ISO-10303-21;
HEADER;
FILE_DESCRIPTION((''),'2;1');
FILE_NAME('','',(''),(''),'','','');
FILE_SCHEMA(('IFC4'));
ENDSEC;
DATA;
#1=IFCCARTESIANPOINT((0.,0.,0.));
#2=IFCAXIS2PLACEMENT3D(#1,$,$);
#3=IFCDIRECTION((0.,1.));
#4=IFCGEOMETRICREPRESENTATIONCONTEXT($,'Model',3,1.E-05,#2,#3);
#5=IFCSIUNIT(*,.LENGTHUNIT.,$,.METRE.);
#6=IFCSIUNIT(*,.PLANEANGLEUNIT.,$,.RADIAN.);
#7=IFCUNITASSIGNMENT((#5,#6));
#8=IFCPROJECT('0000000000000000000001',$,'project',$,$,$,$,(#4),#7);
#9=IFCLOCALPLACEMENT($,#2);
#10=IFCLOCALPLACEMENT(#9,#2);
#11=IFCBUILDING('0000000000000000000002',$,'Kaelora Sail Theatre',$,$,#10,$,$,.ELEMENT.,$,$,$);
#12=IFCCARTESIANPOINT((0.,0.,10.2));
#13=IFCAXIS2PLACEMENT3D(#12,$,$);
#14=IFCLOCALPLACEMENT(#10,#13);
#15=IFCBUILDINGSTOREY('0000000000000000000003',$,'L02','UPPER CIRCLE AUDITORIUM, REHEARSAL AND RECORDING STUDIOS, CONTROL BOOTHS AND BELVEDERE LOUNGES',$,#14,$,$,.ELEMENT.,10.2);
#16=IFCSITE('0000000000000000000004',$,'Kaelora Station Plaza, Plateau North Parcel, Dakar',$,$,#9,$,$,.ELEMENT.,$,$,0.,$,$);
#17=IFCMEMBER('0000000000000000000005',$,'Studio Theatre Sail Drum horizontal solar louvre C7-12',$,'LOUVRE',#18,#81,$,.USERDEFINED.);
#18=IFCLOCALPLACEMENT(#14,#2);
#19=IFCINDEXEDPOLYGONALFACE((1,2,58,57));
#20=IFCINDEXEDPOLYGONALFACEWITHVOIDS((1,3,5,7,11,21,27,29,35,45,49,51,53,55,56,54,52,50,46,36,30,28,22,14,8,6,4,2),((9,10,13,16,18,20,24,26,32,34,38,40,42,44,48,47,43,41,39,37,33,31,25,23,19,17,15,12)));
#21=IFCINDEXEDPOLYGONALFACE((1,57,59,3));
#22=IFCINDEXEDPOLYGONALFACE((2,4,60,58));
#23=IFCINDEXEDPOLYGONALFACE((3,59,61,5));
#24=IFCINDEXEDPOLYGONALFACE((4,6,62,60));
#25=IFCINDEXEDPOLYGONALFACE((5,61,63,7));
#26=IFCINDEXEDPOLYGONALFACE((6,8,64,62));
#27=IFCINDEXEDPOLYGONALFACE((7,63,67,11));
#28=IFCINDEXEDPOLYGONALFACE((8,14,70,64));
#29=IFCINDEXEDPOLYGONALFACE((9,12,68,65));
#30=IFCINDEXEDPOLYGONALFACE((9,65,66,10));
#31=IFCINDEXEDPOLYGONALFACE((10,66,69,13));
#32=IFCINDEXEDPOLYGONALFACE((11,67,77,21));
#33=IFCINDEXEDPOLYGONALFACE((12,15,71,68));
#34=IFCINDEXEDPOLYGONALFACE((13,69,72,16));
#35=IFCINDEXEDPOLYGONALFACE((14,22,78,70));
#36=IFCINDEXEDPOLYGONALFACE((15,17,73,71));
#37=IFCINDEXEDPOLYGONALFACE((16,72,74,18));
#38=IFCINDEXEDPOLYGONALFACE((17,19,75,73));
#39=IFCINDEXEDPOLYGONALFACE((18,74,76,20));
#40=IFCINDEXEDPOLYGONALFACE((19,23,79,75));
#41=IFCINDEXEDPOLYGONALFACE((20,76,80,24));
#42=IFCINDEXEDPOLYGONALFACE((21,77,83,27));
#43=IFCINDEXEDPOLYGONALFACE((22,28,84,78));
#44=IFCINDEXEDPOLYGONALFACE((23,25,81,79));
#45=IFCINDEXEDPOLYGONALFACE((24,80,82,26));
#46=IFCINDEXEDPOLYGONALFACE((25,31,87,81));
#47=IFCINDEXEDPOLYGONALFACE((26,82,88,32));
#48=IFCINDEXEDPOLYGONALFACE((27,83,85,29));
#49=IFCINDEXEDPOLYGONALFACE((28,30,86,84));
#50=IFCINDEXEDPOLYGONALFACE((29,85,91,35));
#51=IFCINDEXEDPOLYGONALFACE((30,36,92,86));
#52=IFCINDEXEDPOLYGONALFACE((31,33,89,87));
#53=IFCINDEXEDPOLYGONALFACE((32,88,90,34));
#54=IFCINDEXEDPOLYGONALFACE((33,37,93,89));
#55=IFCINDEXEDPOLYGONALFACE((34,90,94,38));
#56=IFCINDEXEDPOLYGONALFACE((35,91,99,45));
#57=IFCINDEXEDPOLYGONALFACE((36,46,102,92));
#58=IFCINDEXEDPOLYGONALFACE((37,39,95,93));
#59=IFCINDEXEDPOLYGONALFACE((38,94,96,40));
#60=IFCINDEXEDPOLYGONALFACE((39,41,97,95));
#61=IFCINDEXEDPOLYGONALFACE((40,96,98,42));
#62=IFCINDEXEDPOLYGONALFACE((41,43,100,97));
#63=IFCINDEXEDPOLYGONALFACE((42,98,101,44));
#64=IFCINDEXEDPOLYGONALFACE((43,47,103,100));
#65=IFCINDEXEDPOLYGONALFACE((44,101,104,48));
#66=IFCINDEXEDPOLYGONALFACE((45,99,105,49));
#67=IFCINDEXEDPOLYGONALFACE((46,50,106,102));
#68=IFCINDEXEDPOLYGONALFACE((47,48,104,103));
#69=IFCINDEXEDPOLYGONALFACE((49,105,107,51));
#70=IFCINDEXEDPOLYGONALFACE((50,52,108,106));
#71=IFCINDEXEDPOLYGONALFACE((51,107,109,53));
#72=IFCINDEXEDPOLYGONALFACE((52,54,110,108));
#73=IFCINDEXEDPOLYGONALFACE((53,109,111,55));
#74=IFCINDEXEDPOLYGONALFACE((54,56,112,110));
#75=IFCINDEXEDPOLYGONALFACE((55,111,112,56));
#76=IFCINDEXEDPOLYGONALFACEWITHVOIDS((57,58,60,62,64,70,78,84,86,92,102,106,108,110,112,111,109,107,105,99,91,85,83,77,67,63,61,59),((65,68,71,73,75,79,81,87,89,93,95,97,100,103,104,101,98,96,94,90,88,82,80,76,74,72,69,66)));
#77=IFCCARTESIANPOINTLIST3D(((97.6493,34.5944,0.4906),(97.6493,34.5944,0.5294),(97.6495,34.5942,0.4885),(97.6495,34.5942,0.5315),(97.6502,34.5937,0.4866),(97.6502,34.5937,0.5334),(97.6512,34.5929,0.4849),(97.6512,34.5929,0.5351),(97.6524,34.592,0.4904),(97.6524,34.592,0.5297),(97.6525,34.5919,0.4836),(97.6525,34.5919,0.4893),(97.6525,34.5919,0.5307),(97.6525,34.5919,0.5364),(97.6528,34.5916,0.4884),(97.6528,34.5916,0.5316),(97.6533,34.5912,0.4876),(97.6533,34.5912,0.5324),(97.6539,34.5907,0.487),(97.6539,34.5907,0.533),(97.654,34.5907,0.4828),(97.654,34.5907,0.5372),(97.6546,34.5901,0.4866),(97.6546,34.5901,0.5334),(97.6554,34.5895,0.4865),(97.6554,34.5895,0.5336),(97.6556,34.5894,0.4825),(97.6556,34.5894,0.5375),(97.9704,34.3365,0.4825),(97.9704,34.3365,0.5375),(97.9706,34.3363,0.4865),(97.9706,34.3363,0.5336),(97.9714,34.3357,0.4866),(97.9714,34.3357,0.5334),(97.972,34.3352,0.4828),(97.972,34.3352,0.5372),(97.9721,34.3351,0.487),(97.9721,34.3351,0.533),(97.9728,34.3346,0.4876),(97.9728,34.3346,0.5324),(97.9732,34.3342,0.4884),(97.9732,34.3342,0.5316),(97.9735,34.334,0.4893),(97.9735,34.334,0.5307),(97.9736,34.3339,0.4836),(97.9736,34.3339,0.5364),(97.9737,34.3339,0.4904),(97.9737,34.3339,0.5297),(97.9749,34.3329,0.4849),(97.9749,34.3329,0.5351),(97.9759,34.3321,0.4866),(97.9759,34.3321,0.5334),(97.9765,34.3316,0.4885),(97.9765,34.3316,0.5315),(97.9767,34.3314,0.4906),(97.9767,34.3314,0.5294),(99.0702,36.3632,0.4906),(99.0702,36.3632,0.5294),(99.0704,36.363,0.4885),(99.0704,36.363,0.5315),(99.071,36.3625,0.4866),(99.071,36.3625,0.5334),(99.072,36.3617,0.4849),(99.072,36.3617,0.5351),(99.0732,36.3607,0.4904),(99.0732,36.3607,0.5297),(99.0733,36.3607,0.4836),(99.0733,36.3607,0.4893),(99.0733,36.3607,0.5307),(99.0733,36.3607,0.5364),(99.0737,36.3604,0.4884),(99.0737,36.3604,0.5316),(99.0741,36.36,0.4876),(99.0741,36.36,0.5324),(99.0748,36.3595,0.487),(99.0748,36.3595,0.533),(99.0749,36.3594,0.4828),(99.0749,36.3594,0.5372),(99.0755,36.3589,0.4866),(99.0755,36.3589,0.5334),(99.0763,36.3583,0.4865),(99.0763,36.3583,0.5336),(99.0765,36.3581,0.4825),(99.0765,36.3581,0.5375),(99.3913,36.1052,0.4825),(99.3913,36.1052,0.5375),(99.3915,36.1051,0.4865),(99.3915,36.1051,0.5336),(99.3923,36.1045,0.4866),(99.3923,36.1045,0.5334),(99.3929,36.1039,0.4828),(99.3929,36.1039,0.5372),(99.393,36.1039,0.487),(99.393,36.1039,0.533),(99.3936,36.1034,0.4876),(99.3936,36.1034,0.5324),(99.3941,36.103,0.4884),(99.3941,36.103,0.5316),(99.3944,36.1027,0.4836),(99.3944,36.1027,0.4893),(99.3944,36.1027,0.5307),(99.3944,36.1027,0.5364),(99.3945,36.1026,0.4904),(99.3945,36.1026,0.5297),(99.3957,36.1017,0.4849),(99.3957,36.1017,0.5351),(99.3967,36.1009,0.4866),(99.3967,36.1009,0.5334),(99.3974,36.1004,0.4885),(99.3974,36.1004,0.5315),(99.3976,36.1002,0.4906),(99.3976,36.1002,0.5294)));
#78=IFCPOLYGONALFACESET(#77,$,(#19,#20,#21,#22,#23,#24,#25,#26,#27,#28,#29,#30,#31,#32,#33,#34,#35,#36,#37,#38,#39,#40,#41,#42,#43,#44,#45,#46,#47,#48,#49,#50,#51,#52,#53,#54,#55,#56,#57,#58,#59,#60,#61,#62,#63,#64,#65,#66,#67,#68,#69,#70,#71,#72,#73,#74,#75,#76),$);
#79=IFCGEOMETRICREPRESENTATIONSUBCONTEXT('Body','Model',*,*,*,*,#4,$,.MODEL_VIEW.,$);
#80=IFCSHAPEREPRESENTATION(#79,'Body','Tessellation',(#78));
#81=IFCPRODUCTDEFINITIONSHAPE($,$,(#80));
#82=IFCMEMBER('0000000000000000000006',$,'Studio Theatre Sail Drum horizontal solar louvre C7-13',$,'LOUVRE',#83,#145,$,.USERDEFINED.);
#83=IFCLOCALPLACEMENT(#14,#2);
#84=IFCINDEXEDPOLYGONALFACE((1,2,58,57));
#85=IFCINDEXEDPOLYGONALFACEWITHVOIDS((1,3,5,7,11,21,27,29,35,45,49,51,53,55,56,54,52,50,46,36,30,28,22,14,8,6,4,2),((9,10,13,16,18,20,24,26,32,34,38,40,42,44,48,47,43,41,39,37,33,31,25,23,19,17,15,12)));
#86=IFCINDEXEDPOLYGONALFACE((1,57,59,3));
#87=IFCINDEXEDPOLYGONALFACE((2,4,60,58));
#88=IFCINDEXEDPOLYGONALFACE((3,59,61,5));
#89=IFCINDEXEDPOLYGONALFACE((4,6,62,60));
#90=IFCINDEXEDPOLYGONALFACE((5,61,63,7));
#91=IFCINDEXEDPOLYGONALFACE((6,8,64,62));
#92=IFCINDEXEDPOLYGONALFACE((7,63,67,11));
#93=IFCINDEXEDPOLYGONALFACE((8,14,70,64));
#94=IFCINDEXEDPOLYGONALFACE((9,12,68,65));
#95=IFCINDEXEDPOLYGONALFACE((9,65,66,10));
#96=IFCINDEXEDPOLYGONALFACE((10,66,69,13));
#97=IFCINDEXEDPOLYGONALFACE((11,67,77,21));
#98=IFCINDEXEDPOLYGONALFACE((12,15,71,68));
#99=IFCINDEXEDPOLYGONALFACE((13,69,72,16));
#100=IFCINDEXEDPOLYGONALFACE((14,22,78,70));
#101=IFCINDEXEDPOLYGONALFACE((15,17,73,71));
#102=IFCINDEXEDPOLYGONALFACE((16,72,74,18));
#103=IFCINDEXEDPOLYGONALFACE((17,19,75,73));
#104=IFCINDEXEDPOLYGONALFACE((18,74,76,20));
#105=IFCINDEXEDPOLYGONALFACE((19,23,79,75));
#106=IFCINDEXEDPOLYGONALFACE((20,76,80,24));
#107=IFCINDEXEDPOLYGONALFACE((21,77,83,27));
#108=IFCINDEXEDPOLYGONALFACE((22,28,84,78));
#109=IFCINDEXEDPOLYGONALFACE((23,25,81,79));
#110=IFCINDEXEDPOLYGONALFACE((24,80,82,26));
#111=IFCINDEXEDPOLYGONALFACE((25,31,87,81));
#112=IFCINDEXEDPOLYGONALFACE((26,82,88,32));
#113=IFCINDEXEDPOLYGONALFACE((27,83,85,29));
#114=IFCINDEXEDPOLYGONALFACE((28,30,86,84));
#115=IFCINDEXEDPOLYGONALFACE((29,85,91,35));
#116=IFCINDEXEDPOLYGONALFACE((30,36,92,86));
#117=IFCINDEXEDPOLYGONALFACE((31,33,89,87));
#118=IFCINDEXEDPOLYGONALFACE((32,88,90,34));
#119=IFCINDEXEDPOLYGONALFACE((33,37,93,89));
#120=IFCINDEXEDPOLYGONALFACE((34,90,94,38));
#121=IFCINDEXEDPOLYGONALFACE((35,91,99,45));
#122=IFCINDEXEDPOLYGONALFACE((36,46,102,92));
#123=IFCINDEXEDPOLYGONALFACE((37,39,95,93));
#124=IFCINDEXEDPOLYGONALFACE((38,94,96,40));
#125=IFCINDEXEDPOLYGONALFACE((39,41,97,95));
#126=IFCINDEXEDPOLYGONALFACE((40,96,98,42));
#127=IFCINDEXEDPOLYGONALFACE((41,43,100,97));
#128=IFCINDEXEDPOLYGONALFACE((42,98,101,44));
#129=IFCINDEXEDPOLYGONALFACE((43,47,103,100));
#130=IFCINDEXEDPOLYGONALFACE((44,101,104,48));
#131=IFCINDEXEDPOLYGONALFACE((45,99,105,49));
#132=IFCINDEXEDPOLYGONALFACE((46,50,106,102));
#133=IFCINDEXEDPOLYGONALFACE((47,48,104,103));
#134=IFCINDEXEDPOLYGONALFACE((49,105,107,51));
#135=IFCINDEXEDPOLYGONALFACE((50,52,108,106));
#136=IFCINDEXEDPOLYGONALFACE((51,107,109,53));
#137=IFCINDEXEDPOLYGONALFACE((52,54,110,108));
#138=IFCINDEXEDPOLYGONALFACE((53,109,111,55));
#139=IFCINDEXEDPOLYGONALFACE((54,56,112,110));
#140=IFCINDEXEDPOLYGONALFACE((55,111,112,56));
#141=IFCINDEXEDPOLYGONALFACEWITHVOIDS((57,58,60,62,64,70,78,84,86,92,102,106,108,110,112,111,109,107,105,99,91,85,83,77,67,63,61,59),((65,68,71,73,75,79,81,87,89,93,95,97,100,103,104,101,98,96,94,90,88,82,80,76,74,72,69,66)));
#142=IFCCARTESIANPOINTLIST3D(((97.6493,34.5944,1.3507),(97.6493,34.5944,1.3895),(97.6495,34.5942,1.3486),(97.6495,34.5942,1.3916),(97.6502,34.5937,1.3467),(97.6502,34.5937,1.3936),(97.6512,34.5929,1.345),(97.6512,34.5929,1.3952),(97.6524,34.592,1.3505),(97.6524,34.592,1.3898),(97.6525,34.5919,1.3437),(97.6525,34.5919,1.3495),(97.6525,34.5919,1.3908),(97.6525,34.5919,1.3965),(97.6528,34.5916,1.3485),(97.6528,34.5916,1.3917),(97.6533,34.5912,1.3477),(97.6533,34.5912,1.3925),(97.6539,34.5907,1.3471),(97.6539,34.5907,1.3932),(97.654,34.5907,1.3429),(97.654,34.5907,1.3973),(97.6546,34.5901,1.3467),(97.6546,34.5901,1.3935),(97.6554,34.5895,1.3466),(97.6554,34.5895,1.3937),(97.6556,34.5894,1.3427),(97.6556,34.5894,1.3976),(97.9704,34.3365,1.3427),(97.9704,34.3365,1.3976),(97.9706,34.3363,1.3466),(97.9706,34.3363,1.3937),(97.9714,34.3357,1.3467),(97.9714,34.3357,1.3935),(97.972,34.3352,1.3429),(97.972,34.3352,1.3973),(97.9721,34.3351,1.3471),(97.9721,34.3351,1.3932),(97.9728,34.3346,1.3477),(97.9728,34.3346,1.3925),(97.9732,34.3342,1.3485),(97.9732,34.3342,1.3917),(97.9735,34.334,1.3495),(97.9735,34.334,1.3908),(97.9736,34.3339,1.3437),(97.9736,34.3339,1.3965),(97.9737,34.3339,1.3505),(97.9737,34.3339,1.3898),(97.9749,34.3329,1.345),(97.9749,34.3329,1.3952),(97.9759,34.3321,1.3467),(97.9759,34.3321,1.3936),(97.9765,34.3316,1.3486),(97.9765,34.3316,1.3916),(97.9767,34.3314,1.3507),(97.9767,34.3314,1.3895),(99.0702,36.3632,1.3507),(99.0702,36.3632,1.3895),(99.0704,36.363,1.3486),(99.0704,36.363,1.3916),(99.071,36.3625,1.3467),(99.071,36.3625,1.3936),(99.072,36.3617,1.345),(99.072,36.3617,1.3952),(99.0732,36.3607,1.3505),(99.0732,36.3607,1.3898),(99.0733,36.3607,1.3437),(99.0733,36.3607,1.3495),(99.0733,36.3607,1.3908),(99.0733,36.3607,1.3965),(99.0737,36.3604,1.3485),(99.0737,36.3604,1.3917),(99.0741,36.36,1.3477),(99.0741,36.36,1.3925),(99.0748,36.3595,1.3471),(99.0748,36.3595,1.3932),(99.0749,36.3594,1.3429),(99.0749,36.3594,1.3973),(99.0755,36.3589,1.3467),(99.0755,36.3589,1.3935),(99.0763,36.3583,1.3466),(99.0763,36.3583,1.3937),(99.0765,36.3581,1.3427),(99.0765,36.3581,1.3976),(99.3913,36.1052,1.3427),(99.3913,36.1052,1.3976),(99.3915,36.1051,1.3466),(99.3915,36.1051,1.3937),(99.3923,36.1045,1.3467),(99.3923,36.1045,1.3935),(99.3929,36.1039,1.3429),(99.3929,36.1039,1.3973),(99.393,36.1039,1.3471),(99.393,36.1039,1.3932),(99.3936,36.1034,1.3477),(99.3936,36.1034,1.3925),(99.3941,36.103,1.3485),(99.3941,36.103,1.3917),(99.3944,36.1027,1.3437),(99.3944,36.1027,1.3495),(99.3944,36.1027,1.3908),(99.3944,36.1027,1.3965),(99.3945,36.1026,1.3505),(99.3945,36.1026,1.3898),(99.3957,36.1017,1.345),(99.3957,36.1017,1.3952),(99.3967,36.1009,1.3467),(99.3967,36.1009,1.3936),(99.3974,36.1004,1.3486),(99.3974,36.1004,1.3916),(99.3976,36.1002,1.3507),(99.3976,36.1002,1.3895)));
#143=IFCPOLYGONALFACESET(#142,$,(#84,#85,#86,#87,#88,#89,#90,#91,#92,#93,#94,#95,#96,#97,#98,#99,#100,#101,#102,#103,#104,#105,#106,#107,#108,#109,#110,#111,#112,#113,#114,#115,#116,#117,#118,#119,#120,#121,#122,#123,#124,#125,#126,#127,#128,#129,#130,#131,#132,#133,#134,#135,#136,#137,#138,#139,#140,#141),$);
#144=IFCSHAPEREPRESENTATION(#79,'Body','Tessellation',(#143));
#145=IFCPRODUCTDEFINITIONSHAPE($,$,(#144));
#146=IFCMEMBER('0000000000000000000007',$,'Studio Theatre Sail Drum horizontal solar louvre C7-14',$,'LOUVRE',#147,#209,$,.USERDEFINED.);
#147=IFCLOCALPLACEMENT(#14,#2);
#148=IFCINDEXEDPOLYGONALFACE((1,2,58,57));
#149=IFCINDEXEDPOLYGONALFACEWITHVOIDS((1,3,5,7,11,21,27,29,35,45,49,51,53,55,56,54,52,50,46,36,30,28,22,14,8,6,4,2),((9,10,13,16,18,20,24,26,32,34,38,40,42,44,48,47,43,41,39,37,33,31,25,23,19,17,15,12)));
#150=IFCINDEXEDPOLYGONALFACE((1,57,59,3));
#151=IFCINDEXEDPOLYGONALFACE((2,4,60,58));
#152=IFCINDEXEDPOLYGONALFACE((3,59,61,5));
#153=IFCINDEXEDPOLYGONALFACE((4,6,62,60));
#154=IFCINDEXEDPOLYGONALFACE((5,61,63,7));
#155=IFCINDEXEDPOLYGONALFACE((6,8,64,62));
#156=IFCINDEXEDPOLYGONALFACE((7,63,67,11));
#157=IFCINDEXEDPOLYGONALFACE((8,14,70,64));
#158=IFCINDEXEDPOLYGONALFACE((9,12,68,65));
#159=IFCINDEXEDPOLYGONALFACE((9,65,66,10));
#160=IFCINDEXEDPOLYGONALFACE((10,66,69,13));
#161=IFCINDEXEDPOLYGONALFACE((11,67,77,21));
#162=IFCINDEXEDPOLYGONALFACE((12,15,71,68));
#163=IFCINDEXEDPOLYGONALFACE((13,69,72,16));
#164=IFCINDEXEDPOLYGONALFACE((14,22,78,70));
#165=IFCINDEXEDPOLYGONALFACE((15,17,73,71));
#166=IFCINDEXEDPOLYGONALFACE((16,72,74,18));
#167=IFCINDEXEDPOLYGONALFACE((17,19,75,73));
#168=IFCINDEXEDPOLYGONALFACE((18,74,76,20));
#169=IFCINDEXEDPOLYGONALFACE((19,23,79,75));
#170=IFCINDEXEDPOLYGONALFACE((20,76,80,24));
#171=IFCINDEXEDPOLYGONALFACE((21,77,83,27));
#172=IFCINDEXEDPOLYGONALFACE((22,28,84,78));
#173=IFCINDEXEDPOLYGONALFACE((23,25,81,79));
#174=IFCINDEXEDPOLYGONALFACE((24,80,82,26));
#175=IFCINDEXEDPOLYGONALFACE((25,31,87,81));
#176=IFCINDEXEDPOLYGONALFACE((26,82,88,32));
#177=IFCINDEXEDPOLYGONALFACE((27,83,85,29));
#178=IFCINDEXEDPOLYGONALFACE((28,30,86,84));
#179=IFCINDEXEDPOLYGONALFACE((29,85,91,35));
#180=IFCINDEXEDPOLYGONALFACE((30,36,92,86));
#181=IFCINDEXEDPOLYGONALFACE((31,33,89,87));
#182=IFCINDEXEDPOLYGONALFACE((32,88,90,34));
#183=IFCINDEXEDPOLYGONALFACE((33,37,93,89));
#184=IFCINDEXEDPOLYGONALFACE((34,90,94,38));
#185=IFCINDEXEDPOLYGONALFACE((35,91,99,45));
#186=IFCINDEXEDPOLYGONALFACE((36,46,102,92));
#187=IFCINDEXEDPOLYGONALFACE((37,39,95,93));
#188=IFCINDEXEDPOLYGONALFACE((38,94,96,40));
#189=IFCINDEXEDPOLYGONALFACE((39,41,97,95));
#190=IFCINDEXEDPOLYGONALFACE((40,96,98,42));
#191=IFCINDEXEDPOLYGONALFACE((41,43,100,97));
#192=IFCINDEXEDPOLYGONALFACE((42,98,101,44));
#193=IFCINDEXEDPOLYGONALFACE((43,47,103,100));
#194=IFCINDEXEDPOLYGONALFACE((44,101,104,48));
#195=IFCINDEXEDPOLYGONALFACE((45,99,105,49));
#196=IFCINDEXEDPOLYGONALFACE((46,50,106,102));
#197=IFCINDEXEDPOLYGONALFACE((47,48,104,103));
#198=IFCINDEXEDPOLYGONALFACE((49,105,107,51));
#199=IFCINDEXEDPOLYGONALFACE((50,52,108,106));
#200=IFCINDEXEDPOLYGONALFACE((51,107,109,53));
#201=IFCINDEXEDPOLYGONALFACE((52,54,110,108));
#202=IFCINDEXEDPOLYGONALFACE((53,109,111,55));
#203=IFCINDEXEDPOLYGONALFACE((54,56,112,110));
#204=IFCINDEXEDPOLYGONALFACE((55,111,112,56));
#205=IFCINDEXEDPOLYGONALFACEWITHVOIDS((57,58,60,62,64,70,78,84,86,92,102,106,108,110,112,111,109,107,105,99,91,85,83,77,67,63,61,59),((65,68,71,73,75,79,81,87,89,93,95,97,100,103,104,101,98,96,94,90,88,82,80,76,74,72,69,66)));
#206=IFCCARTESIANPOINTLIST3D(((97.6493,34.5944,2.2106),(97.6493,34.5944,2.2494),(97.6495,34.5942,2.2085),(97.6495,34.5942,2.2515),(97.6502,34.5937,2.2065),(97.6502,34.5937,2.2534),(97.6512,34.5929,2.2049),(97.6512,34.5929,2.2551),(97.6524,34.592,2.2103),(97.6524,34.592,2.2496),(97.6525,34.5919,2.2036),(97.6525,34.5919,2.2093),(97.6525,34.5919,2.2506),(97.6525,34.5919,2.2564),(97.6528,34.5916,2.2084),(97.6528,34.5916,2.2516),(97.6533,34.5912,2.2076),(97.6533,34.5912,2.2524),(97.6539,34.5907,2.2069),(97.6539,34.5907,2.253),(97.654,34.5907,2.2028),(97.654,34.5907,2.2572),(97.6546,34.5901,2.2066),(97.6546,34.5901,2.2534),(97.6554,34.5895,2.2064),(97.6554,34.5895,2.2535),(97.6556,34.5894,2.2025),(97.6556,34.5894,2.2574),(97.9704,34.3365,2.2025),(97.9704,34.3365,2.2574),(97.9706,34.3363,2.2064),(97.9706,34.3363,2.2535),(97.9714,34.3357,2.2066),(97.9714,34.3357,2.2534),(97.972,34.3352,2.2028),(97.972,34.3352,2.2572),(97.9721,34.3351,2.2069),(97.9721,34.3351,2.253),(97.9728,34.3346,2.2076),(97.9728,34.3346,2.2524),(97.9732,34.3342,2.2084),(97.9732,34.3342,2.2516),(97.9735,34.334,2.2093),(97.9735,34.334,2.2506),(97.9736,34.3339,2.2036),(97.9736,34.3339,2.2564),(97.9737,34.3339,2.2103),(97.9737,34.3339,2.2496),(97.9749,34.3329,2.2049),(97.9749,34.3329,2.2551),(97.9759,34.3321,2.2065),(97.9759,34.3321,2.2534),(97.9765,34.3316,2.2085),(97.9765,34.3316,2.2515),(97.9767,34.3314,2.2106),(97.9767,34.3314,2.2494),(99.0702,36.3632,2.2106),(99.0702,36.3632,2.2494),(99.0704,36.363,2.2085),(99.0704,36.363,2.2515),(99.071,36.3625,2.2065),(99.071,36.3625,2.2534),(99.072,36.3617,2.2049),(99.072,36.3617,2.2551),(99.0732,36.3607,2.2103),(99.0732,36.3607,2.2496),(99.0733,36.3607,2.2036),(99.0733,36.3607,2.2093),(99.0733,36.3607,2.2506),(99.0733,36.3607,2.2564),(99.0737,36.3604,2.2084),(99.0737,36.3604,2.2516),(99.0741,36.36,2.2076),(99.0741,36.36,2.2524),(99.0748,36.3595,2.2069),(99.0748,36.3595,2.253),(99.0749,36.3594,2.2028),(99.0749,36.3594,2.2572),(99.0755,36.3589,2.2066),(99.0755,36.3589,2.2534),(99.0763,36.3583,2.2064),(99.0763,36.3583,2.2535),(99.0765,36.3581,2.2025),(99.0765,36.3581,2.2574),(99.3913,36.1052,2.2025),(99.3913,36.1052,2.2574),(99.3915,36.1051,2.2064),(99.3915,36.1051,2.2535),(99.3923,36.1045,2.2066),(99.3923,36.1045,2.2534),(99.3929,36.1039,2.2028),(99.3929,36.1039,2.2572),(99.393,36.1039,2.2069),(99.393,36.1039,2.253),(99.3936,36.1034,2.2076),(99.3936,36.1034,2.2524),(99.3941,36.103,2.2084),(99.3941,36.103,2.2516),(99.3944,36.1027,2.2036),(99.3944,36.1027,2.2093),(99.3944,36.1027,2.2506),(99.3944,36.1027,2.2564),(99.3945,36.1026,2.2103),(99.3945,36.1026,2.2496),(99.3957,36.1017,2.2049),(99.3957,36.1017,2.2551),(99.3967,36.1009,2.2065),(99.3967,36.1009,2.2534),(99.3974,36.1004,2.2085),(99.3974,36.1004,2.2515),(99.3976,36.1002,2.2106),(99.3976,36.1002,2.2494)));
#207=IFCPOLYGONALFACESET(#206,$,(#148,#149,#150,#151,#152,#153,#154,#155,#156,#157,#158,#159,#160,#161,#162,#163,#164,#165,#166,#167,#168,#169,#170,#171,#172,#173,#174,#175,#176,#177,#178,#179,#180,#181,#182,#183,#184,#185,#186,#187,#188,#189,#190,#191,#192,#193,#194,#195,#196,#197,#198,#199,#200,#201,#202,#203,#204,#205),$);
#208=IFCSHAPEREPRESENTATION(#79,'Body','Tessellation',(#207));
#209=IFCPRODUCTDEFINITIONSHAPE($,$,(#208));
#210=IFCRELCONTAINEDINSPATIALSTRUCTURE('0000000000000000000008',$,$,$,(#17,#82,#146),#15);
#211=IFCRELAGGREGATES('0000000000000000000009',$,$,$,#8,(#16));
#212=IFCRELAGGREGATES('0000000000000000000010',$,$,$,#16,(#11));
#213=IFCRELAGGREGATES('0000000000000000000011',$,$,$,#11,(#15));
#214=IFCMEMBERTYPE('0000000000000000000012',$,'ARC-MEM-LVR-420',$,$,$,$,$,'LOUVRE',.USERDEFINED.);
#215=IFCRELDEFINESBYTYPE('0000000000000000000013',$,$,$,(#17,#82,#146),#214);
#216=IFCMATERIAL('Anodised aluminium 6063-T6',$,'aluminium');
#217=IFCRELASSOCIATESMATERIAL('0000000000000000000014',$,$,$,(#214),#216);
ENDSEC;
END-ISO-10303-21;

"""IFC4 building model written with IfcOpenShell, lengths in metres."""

from ifc_helpers import new_model, si_unit, direction, frame, origin, origin_2d, place, context, subcontext, project, spatial, hollow_rectangle, extrude, material, material_profile, profile_set, type_object, element, save


model = new_model("IFC4")

# Units and contexts
model_context = context("Model", 3, precision=1e-05, world=origin(), true_north=direction((0.0, 1.0)))
body_context = subcontext(model_context, "Body", "Model", "MODEL_VIEW")
ifc_project = project(units=[si_unit("LENGTHUNIT", "METRE"), si_unit("PLANEANGLEUNIT", "RADIAN")], contexts=[model_context])

# Site, building, storey
site_placement = place(None, origin())
site = spatial("IfcSite", under=ifc_project, at=site_placement, Name="Kaelora Station Plaza, Plateau North Parcel, Dakar", CompositionType="ELEMENT", RefElevation=0.0)
building_placement = place(site_placement, origin())
building = spatial("IfcBuilding", under=site, at=building_placement, Name="Kaelora Sail Theatre", CompositionType="ELEMENT")
storey_placement = place(building_placement, frame((0.0, 0.0, 10.2)))
storey = spatial("IfcBuildingStorey", under=building, at=storey_placement, Name="L02", Description="UPPER CIRCLE AUDITORIUM, REHEARSAL AND RECORDING STUDIOS, CONTROL BOOTHS AND BELVEDERE LOUNGES", CompositionType="ELEMENT", Elevation=10.2)

# Members
ifc_material_1 = material(Name="Anodised aluminium 6063-T6", Category="aluminium")
ifc_material_profile_1 = material_profile(ifc_material_1, hollow_rectangle(XDim=0.4199, YDim=0.0549, WallThickness=0.0039, InnerFilletRadius=0.0039, OuterFilletRadius=0.0081, at=origin_2d()), Name="LOUVRE 420x55x4")
ifc_profile_set_1 = profile_set([ifc_material_profile_1], Name="Anodised aluminium 6063-T6")
member_type = type_object("IfcMemberType", Name="ARC-MEM-LVR-420", ElementType="LOUVRE", PredefinedType="USERDEFINED", material=ifc_profile_set_1)
for number, where, z_axis, x_axis, name in (
    (1, (99.2339, 36.2317, 0.51), (-0.626269, -0.779607, 0.0), (0.779607, -0.626269, 0.0), "Studio Theatre Sail Drum horizontal solar louvre C7-12"),
    (2, (99.2339, 36.2317, 1.3701), (-0.626269, -0.779607, 0.0), (0.779607, -0.626269, 0.0), "Studio Theatre Sail Drum horizontal solar louvre C7-13"),
    (3, (99.2339, 36.2317, 2.23), (-0.626269, -0.779607, 0.0), (0.779607, -0.626269, 0.0), "Studio Theatre Sail Drum horizontal solar louvre C7-14"),
):
    element("IfcMember", number, at=place(storey_placement, frame(where, z_axis=z_axis, x_axis=x_axis)), inside=storey, type_object=member_type, Name=name, ObjectType="LOUVRE", PredefinedType="USERDEFINED", context=body_context, shape_type="SweptSolid", body=[
        extrude(hollow_rectangle(XDim=0.4199, YDim=0.0549, WallThickness=0.0039, InnerFilletRadius=0.0039, OuterFilletRadius=0.0081, at=origin_2d()), origin(), (0.0, 0.0, 1.0), 2.2688),
    ])

save(model, "model.ifc")
